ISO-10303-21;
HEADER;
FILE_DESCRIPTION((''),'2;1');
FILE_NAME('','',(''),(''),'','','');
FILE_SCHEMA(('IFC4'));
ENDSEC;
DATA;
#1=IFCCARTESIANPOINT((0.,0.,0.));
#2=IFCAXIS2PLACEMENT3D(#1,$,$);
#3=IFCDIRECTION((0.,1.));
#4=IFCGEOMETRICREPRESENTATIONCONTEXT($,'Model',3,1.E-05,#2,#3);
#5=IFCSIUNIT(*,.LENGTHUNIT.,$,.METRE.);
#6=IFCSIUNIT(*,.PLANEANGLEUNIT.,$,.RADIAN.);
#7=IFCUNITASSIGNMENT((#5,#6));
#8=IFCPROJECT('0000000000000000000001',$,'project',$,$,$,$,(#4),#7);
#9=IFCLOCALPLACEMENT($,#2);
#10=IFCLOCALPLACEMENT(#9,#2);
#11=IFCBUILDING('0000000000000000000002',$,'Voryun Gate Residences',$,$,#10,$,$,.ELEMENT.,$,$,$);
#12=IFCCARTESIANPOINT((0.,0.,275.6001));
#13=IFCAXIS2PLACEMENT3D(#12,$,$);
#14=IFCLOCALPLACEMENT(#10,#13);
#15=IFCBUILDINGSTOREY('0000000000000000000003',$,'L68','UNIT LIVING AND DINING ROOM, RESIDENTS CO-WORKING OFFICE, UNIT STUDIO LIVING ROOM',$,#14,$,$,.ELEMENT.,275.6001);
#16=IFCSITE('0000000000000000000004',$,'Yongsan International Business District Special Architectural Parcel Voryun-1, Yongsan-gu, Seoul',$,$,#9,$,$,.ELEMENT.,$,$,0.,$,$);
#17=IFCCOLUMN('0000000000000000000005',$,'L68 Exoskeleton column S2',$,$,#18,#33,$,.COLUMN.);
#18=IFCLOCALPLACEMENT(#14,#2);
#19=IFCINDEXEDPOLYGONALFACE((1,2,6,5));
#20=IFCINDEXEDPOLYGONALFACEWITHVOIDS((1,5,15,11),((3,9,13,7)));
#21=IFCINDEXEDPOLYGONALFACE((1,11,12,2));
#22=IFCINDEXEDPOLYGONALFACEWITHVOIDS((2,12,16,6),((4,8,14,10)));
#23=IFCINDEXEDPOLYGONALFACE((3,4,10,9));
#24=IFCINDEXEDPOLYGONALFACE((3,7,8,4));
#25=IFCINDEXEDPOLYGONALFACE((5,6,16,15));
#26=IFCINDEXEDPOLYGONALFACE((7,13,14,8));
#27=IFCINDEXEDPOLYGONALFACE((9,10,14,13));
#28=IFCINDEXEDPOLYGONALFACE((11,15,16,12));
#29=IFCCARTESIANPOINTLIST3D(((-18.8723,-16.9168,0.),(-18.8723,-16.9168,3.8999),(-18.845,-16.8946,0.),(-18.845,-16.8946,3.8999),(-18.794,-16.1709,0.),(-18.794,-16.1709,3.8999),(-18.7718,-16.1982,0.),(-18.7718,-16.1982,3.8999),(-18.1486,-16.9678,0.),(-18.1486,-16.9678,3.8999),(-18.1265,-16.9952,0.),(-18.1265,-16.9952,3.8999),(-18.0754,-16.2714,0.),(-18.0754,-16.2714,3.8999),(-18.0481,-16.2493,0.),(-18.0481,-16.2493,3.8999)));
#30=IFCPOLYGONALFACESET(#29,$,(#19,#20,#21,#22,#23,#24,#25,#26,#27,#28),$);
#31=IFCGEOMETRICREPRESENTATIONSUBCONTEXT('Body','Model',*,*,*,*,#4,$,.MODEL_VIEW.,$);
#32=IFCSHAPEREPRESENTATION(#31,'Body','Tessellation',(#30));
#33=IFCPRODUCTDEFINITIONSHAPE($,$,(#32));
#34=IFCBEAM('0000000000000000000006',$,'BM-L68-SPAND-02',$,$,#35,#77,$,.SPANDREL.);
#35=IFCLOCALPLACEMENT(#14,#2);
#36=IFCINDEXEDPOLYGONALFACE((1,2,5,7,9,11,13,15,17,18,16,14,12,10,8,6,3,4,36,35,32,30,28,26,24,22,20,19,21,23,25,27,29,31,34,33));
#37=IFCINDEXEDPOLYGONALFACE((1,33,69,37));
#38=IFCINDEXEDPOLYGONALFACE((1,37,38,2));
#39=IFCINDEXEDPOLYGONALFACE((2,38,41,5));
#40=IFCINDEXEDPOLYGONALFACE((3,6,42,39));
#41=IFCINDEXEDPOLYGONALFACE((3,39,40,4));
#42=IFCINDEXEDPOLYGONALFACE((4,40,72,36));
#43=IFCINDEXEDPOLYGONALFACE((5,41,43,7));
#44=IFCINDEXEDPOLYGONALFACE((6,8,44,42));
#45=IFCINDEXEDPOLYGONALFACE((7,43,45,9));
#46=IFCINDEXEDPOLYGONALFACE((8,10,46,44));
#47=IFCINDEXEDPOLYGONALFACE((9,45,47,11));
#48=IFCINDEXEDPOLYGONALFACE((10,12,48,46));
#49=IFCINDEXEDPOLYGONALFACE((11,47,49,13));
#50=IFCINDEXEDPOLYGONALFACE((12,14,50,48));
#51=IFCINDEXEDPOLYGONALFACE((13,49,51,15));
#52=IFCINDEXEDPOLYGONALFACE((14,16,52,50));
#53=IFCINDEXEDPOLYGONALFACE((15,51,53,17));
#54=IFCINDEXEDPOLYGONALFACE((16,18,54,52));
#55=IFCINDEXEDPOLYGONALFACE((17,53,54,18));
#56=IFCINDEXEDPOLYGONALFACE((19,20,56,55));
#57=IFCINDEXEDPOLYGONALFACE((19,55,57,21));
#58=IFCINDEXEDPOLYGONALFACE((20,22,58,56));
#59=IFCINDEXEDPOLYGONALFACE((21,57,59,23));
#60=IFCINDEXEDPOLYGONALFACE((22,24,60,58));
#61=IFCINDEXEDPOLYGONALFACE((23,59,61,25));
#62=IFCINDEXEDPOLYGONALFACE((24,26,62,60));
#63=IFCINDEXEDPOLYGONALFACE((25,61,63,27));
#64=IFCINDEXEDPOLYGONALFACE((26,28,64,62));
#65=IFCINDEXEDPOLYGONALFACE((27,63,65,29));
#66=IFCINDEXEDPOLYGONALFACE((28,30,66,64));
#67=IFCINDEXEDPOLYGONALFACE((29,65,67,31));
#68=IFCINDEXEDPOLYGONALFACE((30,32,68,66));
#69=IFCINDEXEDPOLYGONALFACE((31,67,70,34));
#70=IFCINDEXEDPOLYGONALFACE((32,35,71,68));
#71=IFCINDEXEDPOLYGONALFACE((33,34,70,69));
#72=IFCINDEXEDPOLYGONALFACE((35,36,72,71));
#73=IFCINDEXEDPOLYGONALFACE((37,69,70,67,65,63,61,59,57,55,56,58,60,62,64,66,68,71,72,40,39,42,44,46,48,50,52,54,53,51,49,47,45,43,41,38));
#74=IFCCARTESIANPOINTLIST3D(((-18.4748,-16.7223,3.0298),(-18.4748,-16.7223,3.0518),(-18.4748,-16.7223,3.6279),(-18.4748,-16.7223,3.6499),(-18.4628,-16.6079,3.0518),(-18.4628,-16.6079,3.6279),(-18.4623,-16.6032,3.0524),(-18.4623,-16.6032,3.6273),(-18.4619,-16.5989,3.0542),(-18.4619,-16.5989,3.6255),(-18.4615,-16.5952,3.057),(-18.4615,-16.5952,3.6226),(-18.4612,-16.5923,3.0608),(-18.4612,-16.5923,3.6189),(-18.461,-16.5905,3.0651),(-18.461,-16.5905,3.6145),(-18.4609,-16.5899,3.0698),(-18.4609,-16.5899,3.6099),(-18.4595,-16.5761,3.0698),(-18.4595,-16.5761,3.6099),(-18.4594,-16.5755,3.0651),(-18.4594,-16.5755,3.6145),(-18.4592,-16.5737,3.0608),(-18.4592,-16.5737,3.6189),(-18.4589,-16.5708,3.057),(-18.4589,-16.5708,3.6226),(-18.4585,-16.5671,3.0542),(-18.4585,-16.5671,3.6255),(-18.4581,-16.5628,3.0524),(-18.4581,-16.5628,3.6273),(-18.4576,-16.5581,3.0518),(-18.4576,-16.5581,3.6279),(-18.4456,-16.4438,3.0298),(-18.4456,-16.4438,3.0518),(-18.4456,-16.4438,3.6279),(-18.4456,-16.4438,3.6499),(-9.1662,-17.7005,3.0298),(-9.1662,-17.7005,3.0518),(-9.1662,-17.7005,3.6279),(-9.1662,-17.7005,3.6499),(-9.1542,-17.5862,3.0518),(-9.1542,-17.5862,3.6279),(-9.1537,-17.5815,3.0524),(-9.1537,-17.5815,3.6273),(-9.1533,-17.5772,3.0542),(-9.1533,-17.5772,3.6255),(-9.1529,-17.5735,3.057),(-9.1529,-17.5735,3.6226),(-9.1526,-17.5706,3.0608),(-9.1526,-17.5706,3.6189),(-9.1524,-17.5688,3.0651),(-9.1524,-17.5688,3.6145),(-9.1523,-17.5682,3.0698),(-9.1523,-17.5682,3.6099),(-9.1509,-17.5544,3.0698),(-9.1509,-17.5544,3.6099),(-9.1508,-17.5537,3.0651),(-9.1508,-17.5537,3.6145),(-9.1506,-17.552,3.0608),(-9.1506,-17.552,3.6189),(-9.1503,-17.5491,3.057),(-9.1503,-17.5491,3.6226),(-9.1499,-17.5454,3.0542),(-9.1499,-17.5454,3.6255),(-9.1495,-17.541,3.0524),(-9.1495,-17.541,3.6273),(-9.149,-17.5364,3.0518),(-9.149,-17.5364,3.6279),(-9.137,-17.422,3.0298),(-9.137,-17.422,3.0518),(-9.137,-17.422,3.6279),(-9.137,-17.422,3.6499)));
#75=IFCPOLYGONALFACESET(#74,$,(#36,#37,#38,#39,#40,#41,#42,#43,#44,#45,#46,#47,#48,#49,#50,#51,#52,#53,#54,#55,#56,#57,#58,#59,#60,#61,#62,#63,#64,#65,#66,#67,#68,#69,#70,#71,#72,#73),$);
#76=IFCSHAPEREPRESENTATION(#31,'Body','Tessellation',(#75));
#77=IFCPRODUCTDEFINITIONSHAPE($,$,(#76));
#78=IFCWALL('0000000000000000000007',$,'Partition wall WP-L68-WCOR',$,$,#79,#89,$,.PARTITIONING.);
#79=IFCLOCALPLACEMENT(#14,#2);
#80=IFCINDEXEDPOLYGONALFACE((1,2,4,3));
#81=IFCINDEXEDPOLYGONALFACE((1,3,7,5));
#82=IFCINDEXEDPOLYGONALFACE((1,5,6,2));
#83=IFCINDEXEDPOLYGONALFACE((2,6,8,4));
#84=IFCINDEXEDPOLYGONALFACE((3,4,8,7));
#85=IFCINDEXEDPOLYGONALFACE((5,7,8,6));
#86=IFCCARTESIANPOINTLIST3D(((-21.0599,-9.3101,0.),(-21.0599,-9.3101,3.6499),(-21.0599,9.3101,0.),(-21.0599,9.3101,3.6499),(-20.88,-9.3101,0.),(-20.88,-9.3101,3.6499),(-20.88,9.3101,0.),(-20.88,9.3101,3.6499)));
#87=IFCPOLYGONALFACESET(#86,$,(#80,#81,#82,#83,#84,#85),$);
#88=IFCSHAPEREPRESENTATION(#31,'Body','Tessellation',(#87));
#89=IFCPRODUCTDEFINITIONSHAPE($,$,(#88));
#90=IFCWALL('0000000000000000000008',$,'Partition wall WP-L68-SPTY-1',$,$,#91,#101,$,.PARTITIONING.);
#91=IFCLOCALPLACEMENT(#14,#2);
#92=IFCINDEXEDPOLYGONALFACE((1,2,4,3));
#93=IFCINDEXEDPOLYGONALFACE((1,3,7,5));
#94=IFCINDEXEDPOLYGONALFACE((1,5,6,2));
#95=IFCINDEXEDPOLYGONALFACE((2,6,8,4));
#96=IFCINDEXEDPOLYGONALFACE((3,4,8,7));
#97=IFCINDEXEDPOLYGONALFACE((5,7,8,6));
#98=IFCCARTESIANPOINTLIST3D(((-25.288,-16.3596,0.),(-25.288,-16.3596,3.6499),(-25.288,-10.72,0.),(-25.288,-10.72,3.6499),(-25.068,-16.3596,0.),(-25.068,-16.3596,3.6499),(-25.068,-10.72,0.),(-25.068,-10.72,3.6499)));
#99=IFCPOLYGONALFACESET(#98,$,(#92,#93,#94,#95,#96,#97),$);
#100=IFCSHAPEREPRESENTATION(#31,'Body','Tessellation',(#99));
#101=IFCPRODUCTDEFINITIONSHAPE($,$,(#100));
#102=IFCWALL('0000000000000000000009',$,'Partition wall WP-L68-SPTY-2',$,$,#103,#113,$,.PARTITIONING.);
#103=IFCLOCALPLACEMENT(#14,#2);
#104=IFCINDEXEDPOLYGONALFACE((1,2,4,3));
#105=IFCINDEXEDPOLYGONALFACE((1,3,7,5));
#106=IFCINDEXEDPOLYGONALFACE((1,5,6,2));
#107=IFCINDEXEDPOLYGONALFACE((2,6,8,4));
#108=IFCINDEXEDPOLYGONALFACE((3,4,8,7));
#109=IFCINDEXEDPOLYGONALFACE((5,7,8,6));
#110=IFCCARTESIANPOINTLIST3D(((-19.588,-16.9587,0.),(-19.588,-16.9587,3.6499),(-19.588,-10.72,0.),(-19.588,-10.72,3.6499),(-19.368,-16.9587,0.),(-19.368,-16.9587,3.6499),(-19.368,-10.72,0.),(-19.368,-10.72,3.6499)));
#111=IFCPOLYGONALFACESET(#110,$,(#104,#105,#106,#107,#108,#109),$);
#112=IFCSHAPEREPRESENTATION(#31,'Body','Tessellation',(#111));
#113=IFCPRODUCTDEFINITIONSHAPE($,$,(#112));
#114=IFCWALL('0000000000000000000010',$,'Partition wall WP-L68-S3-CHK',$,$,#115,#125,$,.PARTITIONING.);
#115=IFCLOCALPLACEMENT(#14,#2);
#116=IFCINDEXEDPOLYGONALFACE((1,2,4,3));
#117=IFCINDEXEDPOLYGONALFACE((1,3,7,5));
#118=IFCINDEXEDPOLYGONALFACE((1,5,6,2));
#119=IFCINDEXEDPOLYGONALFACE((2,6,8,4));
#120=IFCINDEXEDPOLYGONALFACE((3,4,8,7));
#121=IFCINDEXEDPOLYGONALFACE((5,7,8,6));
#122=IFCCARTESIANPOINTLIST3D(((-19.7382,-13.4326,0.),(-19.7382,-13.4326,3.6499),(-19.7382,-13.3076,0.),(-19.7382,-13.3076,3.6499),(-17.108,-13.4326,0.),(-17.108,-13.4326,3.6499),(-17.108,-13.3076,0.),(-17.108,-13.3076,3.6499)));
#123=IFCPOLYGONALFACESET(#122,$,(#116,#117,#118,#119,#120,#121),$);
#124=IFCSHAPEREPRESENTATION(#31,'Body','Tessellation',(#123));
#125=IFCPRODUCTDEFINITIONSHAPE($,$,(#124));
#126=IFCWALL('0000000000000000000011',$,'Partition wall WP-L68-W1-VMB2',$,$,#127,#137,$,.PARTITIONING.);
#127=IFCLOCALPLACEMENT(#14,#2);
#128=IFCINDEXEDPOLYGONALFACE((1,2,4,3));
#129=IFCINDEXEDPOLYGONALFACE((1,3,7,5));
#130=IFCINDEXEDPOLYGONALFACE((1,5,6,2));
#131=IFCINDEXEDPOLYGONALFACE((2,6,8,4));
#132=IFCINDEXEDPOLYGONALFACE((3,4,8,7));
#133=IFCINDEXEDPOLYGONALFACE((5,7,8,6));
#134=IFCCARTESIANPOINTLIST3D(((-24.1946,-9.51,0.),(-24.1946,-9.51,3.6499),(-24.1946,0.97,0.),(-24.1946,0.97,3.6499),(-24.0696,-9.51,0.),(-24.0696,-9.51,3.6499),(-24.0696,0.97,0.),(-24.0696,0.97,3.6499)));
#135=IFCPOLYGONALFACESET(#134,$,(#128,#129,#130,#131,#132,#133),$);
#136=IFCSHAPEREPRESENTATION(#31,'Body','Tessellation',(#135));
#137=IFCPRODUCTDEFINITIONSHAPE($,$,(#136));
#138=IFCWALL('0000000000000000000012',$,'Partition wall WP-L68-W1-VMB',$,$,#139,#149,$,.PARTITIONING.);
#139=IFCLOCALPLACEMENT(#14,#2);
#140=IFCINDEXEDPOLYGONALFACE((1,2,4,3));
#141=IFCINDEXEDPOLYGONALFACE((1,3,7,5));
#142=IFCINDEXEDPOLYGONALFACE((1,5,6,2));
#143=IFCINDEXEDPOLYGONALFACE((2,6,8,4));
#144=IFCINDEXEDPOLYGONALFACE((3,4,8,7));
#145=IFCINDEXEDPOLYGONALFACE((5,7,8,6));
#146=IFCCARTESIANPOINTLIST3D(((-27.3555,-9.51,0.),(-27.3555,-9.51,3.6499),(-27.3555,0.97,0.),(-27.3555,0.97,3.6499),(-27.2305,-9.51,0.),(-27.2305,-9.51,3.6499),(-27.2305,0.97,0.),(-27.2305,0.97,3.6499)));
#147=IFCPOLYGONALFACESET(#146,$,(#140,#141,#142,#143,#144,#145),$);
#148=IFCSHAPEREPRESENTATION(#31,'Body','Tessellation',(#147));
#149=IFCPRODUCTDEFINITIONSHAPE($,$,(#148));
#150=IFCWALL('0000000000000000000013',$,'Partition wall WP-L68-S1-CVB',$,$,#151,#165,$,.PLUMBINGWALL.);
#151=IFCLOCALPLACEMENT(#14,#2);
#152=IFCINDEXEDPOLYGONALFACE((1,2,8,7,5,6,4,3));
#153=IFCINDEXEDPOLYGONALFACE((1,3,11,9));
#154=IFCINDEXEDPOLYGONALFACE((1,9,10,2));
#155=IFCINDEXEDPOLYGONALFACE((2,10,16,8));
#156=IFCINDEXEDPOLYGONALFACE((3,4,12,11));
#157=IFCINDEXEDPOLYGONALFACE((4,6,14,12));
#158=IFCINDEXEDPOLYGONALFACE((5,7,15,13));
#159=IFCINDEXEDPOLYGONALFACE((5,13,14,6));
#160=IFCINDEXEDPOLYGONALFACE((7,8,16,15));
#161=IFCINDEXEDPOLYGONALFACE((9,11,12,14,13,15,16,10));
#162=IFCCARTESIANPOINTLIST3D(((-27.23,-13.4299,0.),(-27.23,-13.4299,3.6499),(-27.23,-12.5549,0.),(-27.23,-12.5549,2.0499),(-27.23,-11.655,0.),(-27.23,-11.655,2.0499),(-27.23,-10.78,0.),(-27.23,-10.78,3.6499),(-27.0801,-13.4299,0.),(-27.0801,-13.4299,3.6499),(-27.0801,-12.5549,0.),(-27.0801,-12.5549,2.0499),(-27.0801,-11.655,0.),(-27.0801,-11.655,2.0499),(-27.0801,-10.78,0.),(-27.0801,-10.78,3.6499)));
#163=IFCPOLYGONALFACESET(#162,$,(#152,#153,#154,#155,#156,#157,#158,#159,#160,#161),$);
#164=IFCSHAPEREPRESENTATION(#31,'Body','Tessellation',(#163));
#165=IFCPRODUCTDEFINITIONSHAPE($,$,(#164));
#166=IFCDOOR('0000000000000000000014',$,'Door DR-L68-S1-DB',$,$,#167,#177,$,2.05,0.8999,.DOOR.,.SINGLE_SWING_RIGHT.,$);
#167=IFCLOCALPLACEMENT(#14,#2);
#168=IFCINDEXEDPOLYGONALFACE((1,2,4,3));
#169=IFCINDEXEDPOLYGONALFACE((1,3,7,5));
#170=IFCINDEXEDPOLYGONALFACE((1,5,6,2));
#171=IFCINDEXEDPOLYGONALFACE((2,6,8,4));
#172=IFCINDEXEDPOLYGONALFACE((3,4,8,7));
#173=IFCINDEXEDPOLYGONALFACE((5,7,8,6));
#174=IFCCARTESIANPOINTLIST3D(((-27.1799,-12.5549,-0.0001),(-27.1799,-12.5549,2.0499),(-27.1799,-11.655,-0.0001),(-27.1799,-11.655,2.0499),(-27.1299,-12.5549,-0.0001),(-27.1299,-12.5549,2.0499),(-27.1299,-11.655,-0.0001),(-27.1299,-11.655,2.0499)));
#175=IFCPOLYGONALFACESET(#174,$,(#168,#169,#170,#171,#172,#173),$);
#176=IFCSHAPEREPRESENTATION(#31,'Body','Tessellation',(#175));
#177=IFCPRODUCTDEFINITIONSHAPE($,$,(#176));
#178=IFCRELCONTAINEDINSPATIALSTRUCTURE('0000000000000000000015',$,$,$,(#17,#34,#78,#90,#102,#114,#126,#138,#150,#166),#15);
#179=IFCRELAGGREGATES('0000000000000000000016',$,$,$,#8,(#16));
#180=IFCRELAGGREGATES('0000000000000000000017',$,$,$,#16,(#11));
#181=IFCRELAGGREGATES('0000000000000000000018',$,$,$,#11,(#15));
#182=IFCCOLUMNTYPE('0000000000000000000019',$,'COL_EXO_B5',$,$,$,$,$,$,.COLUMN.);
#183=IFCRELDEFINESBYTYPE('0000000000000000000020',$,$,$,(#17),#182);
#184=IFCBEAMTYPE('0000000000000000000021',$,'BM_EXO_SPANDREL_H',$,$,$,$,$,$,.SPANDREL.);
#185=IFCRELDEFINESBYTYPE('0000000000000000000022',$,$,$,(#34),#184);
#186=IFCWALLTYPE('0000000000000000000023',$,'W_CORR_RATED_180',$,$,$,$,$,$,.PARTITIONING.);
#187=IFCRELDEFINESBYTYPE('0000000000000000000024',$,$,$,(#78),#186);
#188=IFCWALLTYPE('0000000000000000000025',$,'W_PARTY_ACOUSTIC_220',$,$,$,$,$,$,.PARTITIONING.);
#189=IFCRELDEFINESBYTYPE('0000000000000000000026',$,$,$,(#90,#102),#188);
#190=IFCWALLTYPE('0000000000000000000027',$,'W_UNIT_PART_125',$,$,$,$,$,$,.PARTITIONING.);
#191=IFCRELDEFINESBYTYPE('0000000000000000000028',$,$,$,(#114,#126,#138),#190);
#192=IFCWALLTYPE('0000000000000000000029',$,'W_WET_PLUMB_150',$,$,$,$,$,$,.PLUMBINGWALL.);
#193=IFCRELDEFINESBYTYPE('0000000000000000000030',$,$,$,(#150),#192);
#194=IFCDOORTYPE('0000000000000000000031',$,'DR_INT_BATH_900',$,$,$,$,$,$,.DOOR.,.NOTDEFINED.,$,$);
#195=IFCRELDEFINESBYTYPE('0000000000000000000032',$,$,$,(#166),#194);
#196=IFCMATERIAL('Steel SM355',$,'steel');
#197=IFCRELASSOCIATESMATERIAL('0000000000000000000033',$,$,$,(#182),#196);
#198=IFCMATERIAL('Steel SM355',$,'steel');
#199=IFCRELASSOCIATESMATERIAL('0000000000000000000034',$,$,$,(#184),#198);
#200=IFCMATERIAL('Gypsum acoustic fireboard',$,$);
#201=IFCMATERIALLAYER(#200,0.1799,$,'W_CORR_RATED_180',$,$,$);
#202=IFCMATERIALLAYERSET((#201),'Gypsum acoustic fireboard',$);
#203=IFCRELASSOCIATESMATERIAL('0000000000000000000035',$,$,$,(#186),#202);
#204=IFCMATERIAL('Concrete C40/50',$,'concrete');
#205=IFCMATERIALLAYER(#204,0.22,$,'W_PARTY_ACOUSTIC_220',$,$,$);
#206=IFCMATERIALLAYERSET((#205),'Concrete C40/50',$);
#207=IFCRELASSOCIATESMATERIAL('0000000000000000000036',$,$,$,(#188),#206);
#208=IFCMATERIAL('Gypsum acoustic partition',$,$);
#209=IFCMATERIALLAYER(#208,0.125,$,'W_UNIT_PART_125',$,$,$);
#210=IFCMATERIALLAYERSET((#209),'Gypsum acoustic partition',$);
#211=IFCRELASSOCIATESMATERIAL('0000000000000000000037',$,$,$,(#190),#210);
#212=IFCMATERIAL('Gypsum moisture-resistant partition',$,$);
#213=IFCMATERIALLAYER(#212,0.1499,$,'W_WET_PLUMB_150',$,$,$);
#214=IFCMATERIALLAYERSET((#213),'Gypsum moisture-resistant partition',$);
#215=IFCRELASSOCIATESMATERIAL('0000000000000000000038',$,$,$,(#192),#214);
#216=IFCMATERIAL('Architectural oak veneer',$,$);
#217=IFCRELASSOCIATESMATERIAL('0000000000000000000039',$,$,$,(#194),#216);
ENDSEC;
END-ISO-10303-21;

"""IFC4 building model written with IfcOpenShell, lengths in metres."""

from ifc_helpers import new_model, si_unit, direction, frame, frame_2d, origin, origin_2d, place, context, subcontext, project, spatial, rectangle, hollow_rectangle, i_section, extrude, material, layer, layer_set, material_profile, profile_set, type_object, element, fill, save


model = new_model("IFC4")

# Units and contexts
model_context = context("Model", 3, precision=1e-05, world=origin(), true_north=direction((0.0, 1.0)))
body_context = subcontext(model_context, "Body", "Model", "MODEL_VIEW")
ifc_project = project(units=[si_unit("LENGTHUNIT", "METRE"), si_unit("PLANEANGLEUNIT", "RADIAN")], contexts=[model_context])

# Site, building, storey
site_placement = place(None, origin())
site = spatial("IfcSite", under=ifc_project, at=site_placement, Name="Yongsan International Business District Special Architectural Parcel Voryun-1, Yongsan-gu, Seoul", CompositionType="ELEMENT", RefElevation=0.0)
building_placement = place(site_placement, origin())
building = spatial("IfcBuilding", under=site, at=building_placement, Name="Voryun Gate Residences", CompositionType="ELEMENT")
storey_placement = place(building_placement, frame((0.0, 0.0, 275.6001)))
storey = spatial("IfcBuildingStorey", under=building, at=storey_placement, Name="L68", Description="UNIT LIVING AND DINING ROOM, RESIDENTS CO-WORKING OFFICE, UNIT STUDIO LIVING ROOM", CompositionType="ELEMENT", Elevation=275.6001)

# Column
ifc_material_1 = material(Name="Steel SM355", Category="steel")
ifc_material_profile_1 = material_profile(ifc_material_1, hollow_rectangle(XDim=0.75, YDim=0.75, WallThickness=0.0249, at=origin_2d()), Name="BOX-750x750x25")
ifc_profile_set_1 = profile_set([ifc_material_profile_1], Name="Steel SM355")
column_type = type_object("IfcColumnType", Name="COL_EXO_B5", PredefinedType="COLUMN", material=ifc_profile_set_1)
column_placement = place(storey_placement, frame((-18.4602, -16.583, 0.0), z_axis=(0.0, 0.0, 1.0), x_axis=(0.994522, -0.104528, 0.0)))
element("IfcColumn", 1, at=column_placement, inside=storey, type_object=column_type, Name="L68 Exoskeleton column S2", PredefinedType="COLUMN", context=body_context, shape_type="SweptSolid", body=[
    extrude(hollow_rectangle(XDim=0.75, YDim=0.75, WallThickness=0.0249, at=origin_2d()), origin(), (0.0, 0.0, 1.0), 3.8999),
])

# Beam
ifc_material_2 = material(Name="Steel SM355", Category="steel")
ifc_material_profile_2 = material_profile(ifc_material_2, i_section(OverallWidth=0.28, OverallDepth=0.6201, WebThickness=0.0139, FlangeThickness=0.022, FilletRadius=0.0181, at=origin_2d()), Name="H-620x280x14x22")
ifc_profile_set_2 = profile_set([ifc_material_profile_2], Name="Steel SM355")
beam_type = type_object("IfcBeamType", Name="BM_EXO_SPANDREL_H", PredefinedType="SPANDREL", material=ifc_profile_set_2)
beam_placement = place(storey_placement, frame((-18.4602, -16.583, 3.3398), z_axis=(0.994523, -0.104518, 0.0), x_axis=(0.104518, 0.994523, 0.0)))
element("IfcBeam", 2, at=beam_placement, inside=storey, type_object=beam_type, Name="BM-L68-SPAND-02", PredefinedType="SPANDREL", context=body_context, shape_type="SweptSolid", body=[
    extrude(i_section(OverallWidth=0.28, OverallDepth=0.6201, WebThickness=0.0139, FlangeThickness=0.022, FilletRadius=0.0181, at=origin_2d()), origin(), (0.0, 0.0, 1.0), 9.3599),
])

# Walls
ifc_material_3 = material(Name="Gypsum acoustic fireboard")
ifc_layer_1 = layer(ifc_material_3, 0.1799, Name="W_CORR_RATED_180")
ifc_layer_set_1 = layer_set([ifc_layer_1], Name="Gypsum acoustic fireboard")
wall_type_1 = type_object("IfcWallType", Name="W_CORR_RATED_180", PredefinedType="PARTITIONING", material=ifc_layer_set_1)
wall_1_placement = place(storey_placement, frame((-20.97, -9.3101, 0.0), z_axis=(0.0, 0.0, 1.0), x_axis=(0.0, 1.0, 0.0)))
element("IfcWall", 3, at=wall_1_placement, inside=storey, type_object=wall_type_1, Name="Partition wall WP-L68-WCOR", PredefinedType="PARTITIONING", context=body_context, shape_type="SweptSolid", body=[
    extrude(rectangle(XDim=18.6201, YDim=0.1799, at=frame_2d((9.3101, 0.0))), origin(), (0.0, 0.0, 1.0), 3.6499),
])
ifc_material_4 = material(Name="Concrete C40/50", Category="concrete")
ifc_layer_2 = layer(ifc_material_4, 0.22, Name="W_PARTY_ACOUSTIC_220")
ifc_layer_set_2 = layer_set([ifc_layer_2], Name="Concrete C40/50")
wall_type_2 = type_object("IfcWallType", Name="W_PARTY_ACOUSTIC_220", PredefinedType="PARTITIONING", material=ifc_layer_set_2)
wall_2_placement = place(storey_placement, frame((-25.178, -16.3596, 0.0), z_axis=(0.0, 0.0, 1.0), x_axis=(0.0, 1.0, 0.0)))
element("IfcWall", 4, at=wall_2_placement, inside=storey, type_object=wall_type_2, Name="Partition wall WP-L68-SPTY-1", PredefinedType="PARTITIONING", context=body_context, shape_type="SweptSolid", body=[
    extrude(rectangle(XDim=5.6396, YDim=0.22, at=frame_2d((2.8198, 0.0))), origin(), (0.0, 0.0, 1.0), 3.6499),
])
wall_3_placement = place(storey_placement, frame((-19.478, -16.9587, 0.0), z_axis=(0.0, 0.0, 1.0), x_axis=(0.0, 1.0, 0.0)))
element("IfcWall", 5, at=wall_3_placement, inside=storey, type_object=wall_type_2, Name="Partition wall WP-L68-SPTY-2", PredefinedType="PARTITIONING", context=body_context, shape_type="SweptSolid", body=[
    extrude(rectangle(XDim=6.2388, YDim=0.22, at=frame_2d((3.1194, 0.0))), origin(), (0.0, 0.0, 1.0), 3.6499),
])
ifc_material_5 = material(Name="Gypsum acoustic partition")
ifc_layer_3 = layer(ifc_material_5, 0.125, Name="W_UNIT_PART_125")
ifc_layer_set_3 = layer_set([ifc_layer_3], Name="Gypsum acoustic partition")
wall_type_3 = type_object("IfcWallType", Name="W_UNIT_PART_125", PredefinedType="PARTITIONING", material=ifc_layer_set_3)
wall_4_placement = place(storey_placement, frame((-19.738, -13.3701, 0.0), z_axis=(0.0, 0.0, 1.0), x_axis=(1.0, 0.0, 0.0)))
element("IfcWall", 6, at=wall_4_placement, inside=storey, type_object=wall_type_3, Name="Partition wall WP-L68-S3-CHK", PredefinedType="PARTITIONING", context=body_context, shape_type="SweptSolid", body=[
    extrude(rectangle(XDim=2.6301, YDim=0.125, at=frame_2d((1.3149, 0.0))), origin(), (0.0, 0.0, 1.0), 3.6499),
])
for number, where, z_axis, x_axis, name in (
    (7, (-24.1321, -9.51, 0.0), (0.0, 0.0, 1.0), (0.0, 1.0, 0.0), "Partition wall WP-L68-W1-VMB2"),
    (8, (-27.293, -9.51, 0.0), (0.0, 0.0, 1.0), (0.0, 1.0, 0.0), "Partition wall WP-L68-W1-VMB"),
):
    element("IfcWall", number, at=place(storey_placement, frame(where, z_axis=z_axis, x_axis=x_axis)), inside=storey, type_object=wall_type_3, Name=name, PredefinedType="PARTITIONING", context=body_context, shape_type="SweptSolid", body=[
        extrude(rectangle(XDim=10.48, YDim=0.125, at=frame_2d((5.24, 0.0))), origin(), (0.0, 0.0, 1.0), 3.6499),
    ])

# Wall, opening, door
ifc_material_6 = material(Name="Gypsum moisture-resistant partition")
ifc_layer_4 = layer(ifc_material_6, 0.1499, Name="W_WET_PLUMB_150")
ifc_layer_set_4 = layer_set([ifc_layer_4], Name="Gypsum moisture-resistant partition")
wall_type_4 = type_object("IfcWallType", Name="W_WET_PLUMB_150", PredefinedType="PLUMBINGWALL", material=ifc_layer_set_4)
wall_5_placement = place(storey_placement, frame((-27.155, -13.4299, 0.0), z_axis=(0.0, 0.0, 1.0), x_axis=(0.0, 1.0, 0.0)))
wall_5 = element("IfcWall", 9, at=wall_5_placement, inside=storey, type_object=wall_type_4, Name="Partition wall WP-L68-S1-CVB", PredefinedType="PLUMBINGWALL", context=body_context, shape_type="SweptSolid", body=[
    extrude(rectangle(XDim=2.6499, YDim=0.1499, at=frame_2d((1.325, 0.0))), origin(), (0.0, 0.0, 1.0), 3.6499),
])
opening_1_placement = place(wall_5_placement, frame((0.875, 0.0, 0.0)))
opening_1 = element("IfcOpeningElement", 10, at=opening_1_placement, cuts=wall_5, PredefinedType="OPENING", context=body_context, shape_type="SweptSolid", body=[
    extrude(rectangle(XDim=0.8999, YDim=2.05, at=frame_2d((0.45, 1.0249))), frame((0.0, 0.085, 0.0), z_axis=(0.0, -1.0, 0.0), x_axis=(1.0, 0.0, 0.0)), (0.0, 0.0, 1.0), 0.1699),
])
ifc_material_7 = material(Name="Architectural oak veneer")
door_type = type_object("IfcDoorType", Name="DR_INT_BATH_900", OperationType="NOTDEFINED", PredefinedType="DOOR", material=ifc_material_7)
door_1_placement = place(opening_1_placement, origin())
door_1 = element("IfcDoor", 11, at=door_1_placement, inside=storey, type_object=door_type, Name="Door DR-L68-S1-DB", OperationType="SINGLE_SWING_RIGHT", OverallHeight=2.05, OverallWidth=0.8999, PredefinedType="DOOR", context=body_context, shape_type="SweptSolid", body=[
    extrude(rectangle(XDim=0.8999, YDim=2.05, at=frame_2d((0.45, 1.0249))), frame((0.0, 0.0249, 0.0), z_axis=(0.0, -1.0, 0.0), x_axis=(1.0, 0.0, 0.0)), (0.0, 0.0, 1.0), 0.05),
])
fill(opening_1, door_1)

save(model, "model.ifc")
